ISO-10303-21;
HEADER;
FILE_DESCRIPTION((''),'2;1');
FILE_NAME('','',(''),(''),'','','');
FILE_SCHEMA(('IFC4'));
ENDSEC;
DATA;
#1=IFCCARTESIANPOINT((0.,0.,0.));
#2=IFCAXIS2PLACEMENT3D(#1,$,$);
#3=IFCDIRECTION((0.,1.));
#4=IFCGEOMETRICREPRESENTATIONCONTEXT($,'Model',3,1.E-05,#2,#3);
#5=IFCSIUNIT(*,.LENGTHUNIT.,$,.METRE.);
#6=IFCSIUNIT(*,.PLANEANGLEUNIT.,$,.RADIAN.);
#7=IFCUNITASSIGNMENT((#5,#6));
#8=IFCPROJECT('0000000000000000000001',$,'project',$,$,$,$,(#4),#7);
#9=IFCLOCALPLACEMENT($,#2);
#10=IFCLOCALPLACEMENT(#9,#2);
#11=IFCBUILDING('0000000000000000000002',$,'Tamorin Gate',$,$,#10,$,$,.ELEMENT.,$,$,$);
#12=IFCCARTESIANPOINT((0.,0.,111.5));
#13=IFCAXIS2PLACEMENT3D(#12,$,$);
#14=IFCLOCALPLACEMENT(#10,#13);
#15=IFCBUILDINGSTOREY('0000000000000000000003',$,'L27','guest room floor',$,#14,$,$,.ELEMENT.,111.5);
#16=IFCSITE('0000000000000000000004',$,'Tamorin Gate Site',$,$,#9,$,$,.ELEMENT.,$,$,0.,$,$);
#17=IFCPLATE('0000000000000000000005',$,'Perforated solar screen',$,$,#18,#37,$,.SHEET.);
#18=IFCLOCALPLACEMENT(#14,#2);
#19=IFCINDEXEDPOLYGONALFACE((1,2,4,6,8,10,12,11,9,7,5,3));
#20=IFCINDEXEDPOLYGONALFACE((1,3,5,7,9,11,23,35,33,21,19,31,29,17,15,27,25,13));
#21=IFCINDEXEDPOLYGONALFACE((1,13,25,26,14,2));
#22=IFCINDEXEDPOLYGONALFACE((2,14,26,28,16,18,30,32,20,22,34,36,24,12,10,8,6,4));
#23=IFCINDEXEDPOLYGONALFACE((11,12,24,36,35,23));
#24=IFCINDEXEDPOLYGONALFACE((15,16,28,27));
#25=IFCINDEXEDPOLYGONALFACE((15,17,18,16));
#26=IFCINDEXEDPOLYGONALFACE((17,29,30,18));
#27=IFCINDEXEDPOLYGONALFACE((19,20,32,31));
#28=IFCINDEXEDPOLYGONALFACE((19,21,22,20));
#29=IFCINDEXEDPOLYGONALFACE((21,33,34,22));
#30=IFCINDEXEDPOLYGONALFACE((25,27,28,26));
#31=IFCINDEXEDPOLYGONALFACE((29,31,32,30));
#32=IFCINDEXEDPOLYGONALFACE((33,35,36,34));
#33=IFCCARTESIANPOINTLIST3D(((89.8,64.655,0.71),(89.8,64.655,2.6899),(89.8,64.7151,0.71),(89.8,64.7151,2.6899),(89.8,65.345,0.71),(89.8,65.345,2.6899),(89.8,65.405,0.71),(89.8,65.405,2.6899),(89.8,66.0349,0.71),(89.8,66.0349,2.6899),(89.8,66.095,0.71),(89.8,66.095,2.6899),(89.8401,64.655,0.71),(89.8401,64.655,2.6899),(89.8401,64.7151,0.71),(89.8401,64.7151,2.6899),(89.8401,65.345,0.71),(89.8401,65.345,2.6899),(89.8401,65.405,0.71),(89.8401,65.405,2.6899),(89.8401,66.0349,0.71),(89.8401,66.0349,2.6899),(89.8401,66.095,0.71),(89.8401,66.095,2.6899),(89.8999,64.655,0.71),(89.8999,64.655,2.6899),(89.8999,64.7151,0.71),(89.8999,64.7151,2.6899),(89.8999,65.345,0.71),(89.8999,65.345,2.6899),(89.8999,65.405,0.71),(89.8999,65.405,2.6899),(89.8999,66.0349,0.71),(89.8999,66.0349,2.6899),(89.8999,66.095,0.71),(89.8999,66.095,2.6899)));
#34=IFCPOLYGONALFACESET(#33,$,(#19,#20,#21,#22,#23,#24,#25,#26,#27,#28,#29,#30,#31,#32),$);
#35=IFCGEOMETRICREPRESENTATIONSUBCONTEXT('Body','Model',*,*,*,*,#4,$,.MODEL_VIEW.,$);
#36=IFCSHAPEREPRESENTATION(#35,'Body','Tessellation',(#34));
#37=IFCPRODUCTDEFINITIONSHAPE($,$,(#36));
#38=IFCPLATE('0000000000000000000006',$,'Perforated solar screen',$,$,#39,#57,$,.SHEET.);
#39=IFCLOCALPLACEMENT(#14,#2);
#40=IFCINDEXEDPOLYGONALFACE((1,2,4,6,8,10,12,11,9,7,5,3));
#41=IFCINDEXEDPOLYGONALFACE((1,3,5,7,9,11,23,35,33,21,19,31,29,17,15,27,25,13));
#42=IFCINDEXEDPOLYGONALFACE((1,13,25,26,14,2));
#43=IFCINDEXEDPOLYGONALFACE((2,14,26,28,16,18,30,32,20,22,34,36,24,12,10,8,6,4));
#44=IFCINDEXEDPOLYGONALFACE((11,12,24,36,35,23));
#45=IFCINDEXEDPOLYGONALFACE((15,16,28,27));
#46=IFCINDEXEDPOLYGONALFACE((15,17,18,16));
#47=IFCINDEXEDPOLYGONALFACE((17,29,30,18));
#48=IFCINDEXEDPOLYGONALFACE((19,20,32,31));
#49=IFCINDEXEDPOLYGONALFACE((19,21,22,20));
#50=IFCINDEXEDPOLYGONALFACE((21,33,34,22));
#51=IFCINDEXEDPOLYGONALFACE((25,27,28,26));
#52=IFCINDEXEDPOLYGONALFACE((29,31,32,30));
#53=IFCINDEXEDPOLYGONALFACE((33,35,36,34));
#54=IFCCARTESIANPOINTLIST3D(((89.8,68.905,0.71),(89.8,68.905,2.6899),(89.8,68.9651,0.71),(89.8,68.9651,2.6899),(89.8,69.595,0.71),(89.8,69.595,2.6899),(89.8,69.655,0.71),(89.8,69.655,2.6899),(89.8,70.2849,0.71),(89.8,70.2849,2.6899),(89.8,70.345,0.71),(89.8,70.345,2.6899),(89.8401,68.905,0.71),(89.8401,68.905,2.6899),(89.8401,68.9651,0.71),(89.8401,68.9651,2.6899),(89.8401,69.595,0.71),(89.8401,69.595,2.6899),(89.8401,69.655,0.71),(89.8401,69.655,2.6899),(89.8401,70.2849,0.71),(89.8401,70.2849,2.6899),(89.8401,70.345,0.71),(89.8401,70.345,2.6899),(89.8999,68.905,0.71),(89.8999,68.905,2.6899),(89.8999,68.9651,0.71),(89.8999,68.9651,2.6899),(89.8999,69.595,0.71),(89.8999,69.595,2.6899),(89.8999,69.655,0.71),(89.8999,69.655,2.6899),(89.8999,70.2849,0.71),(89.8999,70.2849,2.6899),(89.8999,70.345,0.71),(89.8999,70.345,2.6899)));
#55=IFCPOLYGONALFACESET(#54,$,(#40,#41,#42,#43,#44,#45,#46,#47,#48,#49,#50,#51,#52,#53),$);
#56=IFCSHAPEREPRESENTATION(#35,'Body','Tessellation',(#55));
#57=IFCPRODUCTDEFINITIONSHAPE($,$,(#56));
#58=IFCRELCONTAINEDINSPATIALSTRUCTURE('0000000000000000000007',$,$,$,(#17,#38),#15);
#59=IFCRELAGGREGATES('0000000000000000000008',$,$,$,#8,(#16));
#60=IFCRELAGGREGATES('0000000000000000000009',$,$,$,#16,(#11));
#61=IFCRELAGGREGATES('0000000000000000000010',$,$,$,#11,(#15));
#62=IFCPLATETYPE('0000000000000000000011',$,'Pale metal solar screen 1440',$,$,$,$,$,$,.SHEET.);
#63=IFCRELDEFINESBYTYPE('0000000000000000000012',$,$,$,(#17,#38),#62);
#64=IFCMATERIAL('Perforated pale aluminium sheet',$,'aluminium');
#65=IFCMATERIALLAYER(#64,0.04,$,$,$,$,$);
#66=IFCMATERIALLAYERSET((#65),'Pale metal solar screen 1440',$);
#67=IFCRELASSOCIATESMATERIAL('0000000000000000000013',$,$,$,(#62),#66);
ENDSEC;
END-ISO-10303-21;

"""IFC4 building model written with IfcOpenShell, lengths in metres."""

from ifc_helpers import new_model, si_unit, direction, frame, origin, place, context, subcontext, project, spatial, polyline, outline, extrude, material, layer, layer_set, type_object, element, save


model = new_model("IFC4")

# Units and contexts
model_context = context("Model", 3, precision=1e-05, world=origin(), true_north=direction((0.0, 1.0)))
body_context = subcontext(model_context, "Body", "Model", "MODEL_VIEW")
ifc_project = project(units=[si_unit("LENGTHUNIT", "METRE"), si_unit("PLANEANGLEUNIT", "RADIAN")], contexts=[model_context])

# Site, building, storey
site_placement = place(None, origin())
site = spatial("IfcSite", under=ifc_project, at=site_placement, Name="Tamorin Gate Site", CompositionType="ELEMENT", RefElevation=0.0)
building_placement = place(site_placement, origin())
building = spatial("IfcBuilding", under=site, at=building_placement, Name="Tamorin Gate", CompositionType="ELEMENT")
storey_placement = place(building_placement, frame((0.0, 0.0, 111.5)))
storey = spatial("IfcBuildingStorey", under=building, at=storey_placement, Name="L27", Description="guest room floor", CompositionType="ELEMENT", Elevation=111.5)

# Plates
ifc_material_1 = material(Name="Perforated pale aluminium sheet", Category="aluminium")
ifc_layer_1 = layer(ifc_material_1, 0.04)
ifc_layer_set_1 = layer_set([ifc_layer_1], Name="Pale metal solar screen 1440")
plate_type = type_object("IfcPlateType", Name="Pale metal solar screen 1440", PredefinedType="SHEET", material=ifc_layer_set_1)
plate_1_placement = place(storey_placement, frame((0.0, 0.0, 0.71)))
element("IfcPlate", 1, at=plate_1_placement, inside=storey, type_object=plate_type, Name="Perforated solar screen", PredefinedType="SHEET", context=body_context, shape_type="SweptSolid", body=[
    extrude(outline(polyline([(89.8401, 64.655), (89.8, 64.655), (89.8, 64.7151), (89.8, 65.345), (89.8, 65.405), (89.8, 66.0349), (89.8, 66.095), (89.8401, 66.095), (89.8999, 66.095), (89.8999, 66.0349), (89.8401, 66.0349), (89.8401, 65.405), (89.8999, 65.405), (89.8999, 65.345), (89.8401, 65.345), (89.8401, 64.7151), (89.8999, 64.7151), (89.8999, 64.655), (89.8401, 64.655)])), origin(), (0.0, 0.0, 1.0), 1.98),
])
plate_2_placement = place(storey_placement, frame((0.0, 0.0, 0.71)))
element("IfcPlate", 2, at=plate_2_placement, inside=storey, type_object=plate_type, Name="Perforated solar screen", PredefinedType="SHEET", context=body_context, shape_type="SweptSolid", body=[
    extrude(outline(polyline([(89.8401, 68.905), (89.8, 68.905), (89.8, 68.9651), (89.8, 69.595), (89.8, 69.655), (89.8, 70.2849), (89.8, 70.345), (89.8401, 70.345), (89.8999, 70.345), (89.8999, 70.2849), (89.8401, 70.2849), (89.8401, 69.655), (89.8999, 69.655), (89.8999, 69.595), (89.8401, 69.595), (89.8401, 68.9651), (89.8999, 68.9651), (89.8999, 68.905), (89.8401, 68.905)])), origin(), (0.0, 0.0, 1.0), 1.98),
])

save(model, "model.ifc")
